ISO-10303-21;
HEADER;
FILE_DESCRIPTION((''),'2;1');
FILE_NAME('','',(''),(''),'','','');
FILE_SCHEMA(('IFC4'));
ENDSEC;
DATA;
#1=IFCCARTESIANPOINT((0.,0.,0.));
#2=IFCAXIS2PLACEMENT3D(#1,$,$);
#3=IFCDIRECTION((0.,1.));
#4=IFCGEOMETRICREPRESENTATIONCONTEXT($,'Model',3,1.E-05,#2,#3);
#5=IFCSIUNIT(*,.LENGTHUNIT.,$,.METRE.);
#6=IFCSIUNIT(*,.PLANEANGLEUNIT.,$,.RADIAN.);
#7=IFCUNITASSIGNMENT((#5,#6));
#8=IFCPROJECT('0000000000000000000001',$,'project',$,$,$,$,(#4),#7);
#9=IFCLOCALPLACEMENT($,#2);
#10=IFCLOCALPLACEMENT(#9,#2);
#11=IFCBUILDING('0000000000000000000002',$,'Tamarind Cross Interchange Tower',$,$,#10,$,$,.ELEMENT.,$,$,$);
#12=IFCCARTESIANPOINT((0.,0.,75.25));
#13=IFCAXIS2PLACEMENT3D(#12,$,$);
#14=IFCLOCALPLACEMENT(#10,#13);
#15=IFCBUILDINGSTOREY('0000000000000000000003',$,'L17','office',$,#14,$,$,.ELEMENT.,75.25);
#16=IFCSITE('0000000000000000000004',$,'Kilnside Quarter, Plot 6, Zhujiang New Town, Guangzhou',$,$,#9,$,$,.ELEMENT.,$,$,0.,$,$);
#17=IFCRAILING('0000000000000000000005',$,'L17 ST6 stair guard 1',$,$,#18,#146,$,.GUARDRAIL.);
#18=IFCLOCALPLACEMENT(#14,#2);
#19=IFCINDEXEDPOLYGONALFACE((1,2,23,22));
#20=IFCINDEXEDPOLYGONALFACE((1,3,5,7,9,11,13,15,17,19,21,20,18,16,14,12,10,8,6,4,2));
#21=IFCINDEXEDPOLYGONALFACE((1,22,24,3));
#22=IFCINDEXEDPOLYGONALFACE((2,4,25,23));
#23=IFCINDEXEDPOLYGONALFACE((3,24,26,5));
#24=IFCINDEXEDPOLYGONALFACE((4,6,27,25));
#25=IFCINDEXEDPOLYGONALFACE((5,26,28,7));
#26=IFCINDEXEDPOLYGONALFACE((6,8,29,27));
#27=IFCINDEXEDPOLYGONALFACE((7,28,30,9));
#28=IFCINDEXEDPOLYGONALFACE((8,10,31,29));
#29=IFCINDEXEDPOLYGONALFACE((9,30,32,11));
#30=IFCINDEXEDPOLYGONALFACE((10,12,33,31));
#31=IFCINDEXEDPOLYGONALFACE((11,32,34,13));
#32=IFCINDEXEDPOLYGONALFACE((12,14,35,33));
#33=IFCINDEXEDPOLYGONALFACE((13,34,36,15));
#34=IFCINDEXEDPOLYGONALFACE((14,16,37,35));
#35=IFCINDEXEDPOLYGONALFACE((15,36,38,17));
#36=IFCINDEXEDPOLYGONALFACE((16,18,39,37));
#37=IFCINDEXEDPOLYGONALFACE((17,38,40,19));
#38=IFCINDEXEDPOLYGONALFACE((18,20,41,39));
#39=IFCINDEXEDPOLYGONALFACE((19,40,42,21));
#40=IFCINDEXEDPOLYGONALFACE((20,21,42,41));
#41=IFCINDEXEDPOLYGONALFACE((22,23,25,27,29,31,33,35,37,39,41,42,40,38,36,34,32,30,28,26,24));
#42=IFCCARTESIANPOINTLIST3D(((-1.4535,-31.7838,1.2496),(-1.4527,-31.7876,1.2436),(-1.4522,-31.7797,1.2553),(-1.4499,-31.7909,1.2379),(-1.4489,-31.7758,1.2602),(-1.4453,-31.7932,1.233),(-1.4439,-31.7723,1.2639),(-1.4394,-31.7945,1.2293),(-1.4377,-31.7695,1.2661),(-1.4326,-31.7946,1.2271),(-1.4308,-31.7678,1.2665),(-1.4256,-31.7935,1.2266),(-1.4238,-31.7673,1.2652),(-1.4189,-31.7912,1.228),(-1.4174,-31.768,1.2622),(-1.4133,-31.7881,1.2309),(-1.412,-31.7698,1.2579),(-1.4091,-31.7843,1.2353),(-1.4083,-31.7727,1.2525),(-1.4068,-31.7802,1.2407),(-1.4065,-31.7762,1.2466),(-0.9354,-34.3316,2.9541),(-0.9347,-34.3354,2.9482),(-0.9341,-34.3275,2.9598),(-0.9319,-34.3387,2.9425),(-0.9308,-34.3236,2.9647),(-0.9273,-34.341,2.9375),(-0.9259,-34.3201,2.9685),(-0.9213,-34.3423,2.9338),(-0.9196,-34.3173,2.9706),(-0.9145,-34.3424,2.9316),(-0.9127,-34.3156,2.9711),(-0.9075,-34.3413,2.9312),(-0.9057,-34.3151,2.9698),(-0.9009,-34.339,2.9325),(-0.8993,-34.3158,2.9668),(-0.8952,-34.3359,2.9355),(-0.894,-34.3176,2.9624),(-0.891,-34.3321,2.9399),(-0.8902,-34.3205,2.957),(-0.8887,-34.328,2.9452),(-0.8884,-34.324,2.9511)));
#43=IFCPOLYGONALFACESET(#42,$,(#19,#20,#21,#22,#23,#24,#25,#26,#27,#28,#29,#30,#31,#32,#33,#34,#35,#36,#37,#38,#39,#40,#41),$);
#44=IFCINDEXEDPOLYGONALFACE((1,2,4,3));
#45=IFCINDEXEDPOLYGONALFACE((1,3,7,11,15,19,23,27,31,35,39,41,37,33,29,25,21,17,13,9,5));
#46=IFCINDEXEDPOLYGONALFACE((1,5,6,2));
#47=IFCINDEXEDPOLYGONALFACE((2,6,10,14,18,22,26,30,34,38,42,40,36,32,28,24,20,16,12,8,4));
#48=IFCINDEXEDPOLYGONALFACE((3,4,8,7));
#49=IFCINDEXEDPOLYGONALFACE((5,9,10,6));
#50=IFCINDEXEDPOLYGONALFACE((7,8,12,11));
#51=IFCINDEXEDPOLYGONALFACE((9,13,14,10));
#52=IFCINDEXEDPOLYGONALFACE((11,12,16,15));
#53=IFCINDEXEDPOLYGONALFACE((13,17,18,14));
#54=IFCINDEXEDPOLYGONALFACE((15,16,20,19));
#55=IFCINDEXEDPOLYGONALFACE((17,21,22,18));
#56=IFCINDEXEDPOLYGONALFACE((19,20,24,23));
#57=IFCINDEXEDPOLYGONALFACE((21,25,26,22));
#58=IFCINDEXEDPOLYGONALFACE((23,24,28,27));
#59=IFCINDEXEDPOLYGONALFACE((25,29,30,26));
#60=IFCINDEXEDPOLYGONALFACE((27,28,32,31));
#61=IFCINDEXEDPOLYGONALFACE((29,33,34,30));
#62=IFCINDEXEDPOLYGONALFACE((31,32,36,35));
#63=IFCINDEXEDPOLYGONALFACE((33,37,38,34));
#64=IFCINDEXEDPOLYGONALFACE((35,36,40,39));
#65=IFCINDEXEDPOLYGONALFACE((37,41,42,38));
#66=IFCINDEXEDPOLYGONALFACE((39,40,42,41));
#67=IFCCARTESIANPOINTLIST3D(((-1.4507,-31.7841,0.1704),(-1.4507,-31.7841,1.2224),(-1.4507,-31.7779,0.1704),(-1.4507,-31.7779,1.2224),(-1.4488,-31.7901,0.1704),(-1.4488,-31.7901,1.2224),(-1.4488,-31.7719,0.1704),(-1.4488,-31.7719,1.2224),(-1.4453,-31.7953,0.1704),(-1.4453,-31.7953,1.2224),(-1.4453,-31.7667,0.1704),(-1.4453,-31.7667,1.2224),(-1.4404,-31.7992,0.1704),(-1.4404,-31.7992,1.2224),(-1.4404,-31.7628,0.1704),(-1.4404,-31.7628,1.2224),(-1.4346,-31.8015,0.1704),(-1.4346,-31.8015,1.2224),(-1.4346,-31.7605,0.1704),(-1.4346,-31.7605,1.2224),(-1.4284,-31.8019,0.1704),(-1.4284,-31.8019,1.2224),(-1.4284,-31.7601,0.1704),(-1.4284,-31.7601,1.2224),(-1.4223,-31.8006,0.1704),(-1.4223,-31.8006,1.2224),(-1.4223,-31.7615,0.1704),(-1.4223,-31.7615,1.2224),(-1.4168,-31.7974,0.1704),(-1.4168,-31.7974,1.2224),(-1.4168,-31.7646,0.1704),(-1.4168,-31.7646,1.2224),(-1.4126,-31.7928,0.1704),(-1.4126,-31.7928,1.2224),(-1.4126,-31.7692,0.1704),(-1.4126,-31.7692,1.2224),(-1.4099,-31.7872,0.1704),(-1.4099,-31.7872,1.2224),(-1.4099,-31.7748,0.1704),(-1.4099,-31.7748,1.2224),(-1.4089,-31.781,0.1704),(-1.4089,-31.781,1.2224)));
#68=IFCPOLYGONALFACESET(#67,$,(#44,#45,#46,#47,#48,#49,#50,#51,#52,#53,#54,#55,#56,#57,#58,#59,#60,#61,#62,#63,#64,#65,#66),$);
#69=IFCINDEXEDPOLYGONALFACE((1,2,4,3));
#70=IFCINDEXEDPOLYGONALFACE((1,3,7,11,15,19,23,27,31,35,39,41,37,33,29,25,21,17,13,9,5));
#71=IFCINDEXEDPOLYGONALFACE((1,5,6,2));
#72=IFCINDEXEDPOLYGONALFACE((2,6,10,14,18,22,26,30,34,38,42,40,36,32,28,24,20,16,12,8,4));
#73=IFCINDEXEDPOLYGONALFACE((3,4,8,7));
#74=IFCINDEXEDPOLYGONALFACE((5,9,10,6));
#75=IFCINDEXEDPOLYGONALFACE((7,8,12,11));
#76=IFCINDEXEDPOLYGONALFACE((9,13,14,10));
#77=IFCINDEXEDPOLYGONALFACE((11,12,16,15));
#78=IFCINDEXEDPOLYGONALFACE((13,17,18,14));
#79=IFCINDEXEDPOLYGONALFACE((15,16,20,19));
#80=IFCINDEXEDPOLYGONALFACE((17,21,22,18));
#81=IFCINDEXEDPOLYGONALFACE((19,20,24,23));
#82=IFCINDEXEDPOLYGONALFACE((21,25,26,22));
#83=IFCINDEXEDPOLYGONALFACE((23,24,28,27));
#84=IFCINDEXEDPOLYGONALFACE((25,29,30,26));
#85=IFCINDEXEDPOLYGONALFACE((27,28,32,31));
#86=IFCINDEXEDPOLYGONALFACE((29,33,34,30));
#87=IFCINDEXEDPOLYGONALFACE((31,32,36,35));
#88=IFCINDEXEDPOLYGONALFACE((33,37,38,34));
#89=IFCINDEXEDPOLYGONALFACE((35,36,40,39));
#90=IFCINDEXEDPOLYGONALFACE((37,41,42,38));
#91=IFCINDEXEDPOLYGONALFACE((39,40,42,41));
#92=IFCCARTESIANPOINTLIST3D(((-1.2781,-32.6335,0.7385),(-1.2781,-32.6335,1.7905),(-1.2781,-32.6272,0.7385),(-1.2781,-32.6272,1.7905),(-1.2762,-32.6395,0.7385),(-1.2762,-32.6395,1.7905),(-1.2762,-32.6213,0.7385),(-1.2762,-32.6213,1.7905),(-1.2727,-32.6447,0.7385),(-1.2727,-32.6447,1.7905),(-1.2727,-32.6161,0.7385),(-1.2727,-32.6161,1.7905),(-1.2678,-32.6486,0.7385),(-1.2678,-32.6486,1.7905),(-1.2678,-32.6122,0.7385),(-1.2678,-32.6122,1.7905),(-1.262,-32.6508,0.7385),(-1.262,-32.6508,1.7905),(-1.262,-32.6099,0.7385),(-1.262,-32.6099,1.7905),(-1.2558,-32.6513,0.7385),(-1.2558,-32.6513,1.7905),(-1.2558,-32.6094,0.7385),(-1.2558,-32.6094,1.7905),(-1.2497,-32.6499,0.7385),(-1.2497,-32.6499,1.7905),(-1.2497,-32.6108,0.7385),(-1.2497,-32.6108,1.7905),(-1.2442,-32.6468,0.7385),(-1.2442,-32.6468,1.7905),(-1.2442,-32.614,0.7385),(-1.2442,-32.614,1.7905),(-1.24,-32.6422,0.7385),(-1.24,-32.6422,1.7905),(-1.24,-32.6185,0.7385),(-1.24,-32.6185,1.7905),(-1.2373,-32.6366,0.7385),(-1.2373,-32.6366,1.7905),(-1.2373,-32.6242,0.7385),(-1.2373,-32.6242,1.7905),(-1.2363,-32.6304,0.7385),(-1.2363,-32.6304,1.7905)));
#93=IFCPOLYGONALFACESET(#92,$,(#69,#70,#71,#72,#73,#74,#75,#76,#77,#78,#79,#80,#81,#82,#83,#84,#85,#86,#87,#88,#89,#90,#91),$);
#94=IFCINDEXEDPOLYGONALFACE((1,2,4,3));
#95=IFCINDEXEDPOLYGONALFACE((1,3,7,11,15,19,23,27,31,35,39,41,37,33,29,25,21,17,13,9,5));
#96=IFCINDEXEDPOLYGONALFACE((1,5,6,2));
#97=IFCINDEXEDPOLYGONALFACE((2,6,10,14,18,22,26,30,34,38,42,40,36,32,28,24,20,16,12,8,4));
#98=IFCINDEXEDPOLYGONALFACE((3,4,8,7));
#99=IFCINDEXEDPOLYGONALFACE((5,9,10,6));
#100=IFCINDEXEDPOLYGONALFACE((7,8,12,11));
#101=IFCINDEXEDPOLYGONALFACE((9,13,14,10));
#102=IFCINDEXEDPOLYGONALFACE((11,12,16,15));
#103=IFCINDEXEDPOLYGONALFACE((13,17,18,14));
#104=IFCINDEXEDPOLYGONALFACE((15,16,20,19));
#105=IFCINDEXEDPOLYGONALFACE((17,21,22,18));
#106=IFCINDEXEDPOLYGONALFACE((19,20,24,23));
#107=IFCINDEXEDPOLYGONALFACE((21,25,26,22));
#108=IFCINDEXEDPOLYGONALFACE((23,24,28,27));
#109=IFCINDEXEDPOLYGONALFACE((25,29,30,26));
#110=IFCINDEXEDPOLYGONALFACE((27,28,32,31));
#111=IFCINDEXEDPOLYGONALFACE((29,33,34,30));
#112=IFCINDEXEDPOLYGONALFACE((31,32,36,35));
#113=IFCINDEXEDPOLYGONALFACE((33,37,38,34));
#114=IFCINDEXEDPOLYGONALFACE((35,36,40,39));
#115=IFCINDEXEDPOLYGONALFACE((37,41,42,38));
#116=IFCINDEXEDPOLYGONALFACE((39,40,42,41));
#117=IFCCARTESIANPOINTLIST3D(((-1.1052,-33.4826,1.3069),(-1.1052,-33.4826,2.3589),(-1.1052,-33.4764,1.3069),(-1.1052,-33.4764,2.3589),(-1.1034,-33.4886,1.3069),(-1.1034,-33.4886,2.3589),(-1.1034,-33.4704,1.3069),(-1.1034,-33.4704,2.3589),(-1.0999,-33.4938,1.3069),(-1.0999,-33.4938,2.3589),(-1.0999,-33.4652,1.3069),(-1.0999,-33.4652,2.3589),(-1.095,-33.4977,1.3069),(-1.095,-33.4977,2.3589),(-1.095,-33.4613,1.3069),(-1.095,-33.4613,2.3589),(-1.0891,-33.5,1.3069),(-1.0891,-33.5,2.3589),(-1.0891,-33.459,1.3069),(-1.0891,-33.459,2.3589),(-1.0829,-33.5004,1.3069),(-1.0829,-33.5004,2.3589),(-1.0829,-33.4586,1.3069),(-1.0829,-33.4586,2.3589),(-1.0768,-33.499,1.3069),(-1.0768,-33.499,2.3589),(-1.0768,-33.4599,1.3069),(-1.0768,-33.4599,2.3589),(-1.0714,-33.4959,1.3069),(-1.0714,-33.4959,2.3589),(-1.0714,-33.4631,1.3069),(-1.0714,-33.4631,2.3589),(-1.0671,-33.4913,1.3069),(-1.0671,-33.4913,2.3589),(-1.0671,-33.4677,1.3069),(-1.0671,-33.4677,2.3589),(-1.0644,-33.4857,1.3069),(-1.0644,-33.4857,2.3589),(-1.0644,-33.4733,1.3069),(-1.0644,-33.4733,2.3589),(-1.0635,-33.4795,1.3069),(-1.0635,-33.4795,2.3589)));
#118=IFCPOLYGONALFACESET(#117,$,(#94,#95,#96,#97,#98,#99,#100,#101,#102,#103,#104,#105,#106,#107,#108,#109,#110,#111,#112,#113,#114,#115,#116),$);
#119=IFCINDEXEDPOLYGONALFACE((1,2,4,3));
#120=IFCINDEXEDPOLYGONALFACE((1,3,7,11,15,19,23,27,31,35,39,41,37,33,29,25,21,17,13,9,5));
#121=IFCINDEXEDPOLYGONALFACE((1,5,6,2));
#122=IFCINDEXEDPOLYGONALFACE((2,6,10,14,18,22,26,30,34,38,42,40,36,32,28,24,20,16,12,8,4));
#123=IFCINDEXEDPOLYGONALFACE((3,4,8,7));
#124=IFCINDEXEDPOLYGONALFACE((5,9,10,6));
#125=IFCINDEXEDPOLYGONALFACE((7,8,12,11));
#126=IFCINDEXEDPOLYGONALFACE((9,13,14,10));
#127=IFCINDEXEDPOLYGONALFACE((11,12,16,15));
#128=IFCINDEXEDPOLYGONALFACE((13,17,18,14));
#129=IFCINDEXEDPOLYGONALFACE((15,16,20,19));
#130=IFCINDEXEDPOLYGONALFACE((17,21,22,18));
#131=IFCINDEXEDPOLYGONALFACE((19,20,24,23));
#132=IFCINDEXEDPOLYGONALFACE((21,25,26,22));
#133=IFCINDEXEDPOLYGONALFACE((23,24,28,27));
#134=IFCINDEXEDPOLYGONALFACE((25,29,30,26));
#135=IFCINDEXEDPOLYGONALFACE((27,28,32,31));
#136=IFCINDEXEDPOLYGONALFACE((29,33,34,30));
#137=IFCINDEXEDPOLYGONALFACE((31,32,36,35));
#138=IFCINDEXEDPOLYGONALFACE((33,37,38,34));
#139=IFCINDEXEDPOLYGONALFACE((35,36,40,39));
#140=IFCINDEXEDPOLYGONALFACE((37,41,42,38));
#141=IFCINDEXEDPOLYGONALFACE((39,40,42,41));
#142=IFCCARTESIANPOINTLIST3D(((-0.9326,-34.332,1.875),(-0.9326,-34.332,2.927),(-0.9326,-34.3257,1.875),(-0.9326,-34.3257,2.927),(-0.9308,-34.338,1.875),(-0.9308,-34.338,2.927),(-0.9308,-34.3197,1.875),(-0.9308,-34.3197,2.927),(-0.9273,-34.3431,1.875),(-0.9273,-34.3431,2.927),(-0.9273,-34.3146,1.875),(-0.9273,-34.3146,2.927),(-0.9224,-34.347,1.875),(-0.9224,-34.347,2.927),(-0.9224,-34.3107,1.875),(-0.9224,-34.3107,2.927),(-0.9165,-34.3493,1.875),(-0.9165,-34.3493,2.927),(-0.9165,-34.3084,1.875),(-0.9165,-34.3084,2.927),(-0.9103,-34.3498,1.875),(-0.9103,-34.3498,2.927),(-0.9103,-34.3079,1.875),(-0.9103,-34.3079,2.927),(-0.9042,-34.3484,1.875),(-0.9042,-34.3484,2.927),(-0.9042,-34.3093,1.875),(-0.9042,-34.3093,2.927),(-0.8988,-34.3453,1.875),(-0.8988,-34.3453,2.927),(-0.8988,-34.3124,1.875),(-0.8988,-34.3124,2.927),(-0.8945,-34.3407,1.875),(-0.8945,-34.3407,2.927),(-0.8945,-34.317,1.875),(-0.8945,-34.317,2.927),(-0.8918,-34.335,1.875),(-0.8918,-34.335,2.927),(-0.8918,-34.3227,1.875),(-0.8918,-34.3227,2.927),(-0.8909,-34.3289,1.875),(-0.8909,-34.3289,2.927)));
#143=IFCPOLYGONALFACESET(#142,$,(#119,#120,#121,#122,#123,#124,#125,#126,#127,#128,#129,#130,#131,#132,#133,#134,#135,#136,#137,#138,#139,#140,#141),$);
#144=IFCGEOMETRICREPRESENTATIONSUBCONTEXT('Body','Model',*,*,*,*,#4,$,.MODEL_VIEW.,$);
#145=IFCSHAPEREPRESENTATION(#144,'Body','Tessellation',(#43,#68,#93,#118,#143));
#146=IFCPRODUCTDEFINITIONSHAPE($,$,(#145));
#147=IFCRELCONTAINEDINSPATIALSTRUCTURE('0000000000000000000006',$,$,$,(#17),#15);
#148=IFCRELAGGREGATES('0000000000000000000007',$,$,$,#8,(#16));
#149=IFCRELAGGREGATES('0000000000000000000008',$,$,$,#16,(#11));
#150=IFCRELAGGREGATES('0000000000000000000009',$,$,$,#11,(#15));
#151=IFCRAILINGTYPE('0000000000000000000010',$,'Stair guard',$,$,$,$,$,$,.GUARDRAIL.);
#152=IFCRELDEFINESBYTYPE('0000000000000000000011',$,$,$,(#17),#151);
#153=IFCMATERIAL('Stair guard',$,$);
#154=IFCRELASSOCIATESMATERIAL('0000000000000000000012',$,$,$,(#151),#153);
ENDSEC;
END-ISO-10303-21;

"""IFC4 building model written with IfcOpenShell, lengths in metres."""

from ifc_helpers import new_model, si_unit, direction, frame, origin, origin_2d, place, context, subcontext, project, spatial, circle, extrude, material, type_object, element, save


model = new_model("IFC4")

# Units and contexts
model_context = context("Model", 3, precision=1e-05, world=origin(), true_north=direction((0.0, 1.0)))
body_context = subcontext(model_context, "Body", "Model", "MODEL_VIEW")
ifc_project = project(units=[si_unit("LENGTHUNIT", "METRE"), si_unit("PLANEANGLEUNIT", "RADIAN")], contexts=[model_context])

# Site, building, storey
site_placement = place(None, origin())
site = spatial("IfcSite", under=ifc_project, at=site_placement, Name="Kilnside Quarter, Plot 6, Zhujiang New Town, Guangzhou", CompositionType="ELEMENT", RefElevation=0.0)
building_placement = place(site_placement, origin())
building = spatial("IfcBuilding", under=site, at=building_placement, Name="Tamarind Cross Interchange Tower", CompositionType="ELEMENT")
storey_placement = place(building_placement, frame((0.0, 0.0, 75.25)))
storey = spatial("IfcBuildingStorey", under=building, at=storey_placement, Name="L17", Description="office", CompositionType="ELEMENT", Elevation=75.25)

# Railing
ifc_material_1 = material(Name="Stair guard")
railing_type_1 = type_object("IfcRailingType", Name="Stair guard", PredefinedType="GUARDRAIL", material=ifc_material_1)
railing_1_placement = place(storey_placement, frame((-1.4299, -31.781, 0.1704)))
element("IfcRailing", 1, at=railing_1_placement, inside=storey, type_object=railing_type_1, Name="L17 ST6 stair guard 1", PredefinedType="GUARDRAIL", context=body_context, shape_type="SweptSolid", body=[
    extrude(circle(Radius=0.0239, at=origin_2d()), frame((0.0, 0.0, 1.0762), z_axis=(0.166637, -0.819522, 0.548285), x_axis=(0.979947, 0.199257, 0.0)), (0.0, 0.0, 1.0), 3.1089),
    extrude(circle(Radius=0.021, at=origin_2d()), origin(), (0.0, 0.0, 1.0), 1.052),
    extrude(circle(Radius=0.021, at=origin_2d()), frame((0.1726, -0.8494, 0.5681)), (0.0, 0.0, 1.0), 1.052),
    extrude(circle(Radius=0.021, at=origin_2d()), frame((0.3455, -1.6985, 1.1365)), (0.0, 0.0, 1.0), 1.052),
    extrude(circle(Radius=0.021, at=origin_2d()), frame((0.5181, -2.5479, 1.7046)), (0.0, 0.0, 1.0), 1.052),
])

save(model, "model.ifc")
